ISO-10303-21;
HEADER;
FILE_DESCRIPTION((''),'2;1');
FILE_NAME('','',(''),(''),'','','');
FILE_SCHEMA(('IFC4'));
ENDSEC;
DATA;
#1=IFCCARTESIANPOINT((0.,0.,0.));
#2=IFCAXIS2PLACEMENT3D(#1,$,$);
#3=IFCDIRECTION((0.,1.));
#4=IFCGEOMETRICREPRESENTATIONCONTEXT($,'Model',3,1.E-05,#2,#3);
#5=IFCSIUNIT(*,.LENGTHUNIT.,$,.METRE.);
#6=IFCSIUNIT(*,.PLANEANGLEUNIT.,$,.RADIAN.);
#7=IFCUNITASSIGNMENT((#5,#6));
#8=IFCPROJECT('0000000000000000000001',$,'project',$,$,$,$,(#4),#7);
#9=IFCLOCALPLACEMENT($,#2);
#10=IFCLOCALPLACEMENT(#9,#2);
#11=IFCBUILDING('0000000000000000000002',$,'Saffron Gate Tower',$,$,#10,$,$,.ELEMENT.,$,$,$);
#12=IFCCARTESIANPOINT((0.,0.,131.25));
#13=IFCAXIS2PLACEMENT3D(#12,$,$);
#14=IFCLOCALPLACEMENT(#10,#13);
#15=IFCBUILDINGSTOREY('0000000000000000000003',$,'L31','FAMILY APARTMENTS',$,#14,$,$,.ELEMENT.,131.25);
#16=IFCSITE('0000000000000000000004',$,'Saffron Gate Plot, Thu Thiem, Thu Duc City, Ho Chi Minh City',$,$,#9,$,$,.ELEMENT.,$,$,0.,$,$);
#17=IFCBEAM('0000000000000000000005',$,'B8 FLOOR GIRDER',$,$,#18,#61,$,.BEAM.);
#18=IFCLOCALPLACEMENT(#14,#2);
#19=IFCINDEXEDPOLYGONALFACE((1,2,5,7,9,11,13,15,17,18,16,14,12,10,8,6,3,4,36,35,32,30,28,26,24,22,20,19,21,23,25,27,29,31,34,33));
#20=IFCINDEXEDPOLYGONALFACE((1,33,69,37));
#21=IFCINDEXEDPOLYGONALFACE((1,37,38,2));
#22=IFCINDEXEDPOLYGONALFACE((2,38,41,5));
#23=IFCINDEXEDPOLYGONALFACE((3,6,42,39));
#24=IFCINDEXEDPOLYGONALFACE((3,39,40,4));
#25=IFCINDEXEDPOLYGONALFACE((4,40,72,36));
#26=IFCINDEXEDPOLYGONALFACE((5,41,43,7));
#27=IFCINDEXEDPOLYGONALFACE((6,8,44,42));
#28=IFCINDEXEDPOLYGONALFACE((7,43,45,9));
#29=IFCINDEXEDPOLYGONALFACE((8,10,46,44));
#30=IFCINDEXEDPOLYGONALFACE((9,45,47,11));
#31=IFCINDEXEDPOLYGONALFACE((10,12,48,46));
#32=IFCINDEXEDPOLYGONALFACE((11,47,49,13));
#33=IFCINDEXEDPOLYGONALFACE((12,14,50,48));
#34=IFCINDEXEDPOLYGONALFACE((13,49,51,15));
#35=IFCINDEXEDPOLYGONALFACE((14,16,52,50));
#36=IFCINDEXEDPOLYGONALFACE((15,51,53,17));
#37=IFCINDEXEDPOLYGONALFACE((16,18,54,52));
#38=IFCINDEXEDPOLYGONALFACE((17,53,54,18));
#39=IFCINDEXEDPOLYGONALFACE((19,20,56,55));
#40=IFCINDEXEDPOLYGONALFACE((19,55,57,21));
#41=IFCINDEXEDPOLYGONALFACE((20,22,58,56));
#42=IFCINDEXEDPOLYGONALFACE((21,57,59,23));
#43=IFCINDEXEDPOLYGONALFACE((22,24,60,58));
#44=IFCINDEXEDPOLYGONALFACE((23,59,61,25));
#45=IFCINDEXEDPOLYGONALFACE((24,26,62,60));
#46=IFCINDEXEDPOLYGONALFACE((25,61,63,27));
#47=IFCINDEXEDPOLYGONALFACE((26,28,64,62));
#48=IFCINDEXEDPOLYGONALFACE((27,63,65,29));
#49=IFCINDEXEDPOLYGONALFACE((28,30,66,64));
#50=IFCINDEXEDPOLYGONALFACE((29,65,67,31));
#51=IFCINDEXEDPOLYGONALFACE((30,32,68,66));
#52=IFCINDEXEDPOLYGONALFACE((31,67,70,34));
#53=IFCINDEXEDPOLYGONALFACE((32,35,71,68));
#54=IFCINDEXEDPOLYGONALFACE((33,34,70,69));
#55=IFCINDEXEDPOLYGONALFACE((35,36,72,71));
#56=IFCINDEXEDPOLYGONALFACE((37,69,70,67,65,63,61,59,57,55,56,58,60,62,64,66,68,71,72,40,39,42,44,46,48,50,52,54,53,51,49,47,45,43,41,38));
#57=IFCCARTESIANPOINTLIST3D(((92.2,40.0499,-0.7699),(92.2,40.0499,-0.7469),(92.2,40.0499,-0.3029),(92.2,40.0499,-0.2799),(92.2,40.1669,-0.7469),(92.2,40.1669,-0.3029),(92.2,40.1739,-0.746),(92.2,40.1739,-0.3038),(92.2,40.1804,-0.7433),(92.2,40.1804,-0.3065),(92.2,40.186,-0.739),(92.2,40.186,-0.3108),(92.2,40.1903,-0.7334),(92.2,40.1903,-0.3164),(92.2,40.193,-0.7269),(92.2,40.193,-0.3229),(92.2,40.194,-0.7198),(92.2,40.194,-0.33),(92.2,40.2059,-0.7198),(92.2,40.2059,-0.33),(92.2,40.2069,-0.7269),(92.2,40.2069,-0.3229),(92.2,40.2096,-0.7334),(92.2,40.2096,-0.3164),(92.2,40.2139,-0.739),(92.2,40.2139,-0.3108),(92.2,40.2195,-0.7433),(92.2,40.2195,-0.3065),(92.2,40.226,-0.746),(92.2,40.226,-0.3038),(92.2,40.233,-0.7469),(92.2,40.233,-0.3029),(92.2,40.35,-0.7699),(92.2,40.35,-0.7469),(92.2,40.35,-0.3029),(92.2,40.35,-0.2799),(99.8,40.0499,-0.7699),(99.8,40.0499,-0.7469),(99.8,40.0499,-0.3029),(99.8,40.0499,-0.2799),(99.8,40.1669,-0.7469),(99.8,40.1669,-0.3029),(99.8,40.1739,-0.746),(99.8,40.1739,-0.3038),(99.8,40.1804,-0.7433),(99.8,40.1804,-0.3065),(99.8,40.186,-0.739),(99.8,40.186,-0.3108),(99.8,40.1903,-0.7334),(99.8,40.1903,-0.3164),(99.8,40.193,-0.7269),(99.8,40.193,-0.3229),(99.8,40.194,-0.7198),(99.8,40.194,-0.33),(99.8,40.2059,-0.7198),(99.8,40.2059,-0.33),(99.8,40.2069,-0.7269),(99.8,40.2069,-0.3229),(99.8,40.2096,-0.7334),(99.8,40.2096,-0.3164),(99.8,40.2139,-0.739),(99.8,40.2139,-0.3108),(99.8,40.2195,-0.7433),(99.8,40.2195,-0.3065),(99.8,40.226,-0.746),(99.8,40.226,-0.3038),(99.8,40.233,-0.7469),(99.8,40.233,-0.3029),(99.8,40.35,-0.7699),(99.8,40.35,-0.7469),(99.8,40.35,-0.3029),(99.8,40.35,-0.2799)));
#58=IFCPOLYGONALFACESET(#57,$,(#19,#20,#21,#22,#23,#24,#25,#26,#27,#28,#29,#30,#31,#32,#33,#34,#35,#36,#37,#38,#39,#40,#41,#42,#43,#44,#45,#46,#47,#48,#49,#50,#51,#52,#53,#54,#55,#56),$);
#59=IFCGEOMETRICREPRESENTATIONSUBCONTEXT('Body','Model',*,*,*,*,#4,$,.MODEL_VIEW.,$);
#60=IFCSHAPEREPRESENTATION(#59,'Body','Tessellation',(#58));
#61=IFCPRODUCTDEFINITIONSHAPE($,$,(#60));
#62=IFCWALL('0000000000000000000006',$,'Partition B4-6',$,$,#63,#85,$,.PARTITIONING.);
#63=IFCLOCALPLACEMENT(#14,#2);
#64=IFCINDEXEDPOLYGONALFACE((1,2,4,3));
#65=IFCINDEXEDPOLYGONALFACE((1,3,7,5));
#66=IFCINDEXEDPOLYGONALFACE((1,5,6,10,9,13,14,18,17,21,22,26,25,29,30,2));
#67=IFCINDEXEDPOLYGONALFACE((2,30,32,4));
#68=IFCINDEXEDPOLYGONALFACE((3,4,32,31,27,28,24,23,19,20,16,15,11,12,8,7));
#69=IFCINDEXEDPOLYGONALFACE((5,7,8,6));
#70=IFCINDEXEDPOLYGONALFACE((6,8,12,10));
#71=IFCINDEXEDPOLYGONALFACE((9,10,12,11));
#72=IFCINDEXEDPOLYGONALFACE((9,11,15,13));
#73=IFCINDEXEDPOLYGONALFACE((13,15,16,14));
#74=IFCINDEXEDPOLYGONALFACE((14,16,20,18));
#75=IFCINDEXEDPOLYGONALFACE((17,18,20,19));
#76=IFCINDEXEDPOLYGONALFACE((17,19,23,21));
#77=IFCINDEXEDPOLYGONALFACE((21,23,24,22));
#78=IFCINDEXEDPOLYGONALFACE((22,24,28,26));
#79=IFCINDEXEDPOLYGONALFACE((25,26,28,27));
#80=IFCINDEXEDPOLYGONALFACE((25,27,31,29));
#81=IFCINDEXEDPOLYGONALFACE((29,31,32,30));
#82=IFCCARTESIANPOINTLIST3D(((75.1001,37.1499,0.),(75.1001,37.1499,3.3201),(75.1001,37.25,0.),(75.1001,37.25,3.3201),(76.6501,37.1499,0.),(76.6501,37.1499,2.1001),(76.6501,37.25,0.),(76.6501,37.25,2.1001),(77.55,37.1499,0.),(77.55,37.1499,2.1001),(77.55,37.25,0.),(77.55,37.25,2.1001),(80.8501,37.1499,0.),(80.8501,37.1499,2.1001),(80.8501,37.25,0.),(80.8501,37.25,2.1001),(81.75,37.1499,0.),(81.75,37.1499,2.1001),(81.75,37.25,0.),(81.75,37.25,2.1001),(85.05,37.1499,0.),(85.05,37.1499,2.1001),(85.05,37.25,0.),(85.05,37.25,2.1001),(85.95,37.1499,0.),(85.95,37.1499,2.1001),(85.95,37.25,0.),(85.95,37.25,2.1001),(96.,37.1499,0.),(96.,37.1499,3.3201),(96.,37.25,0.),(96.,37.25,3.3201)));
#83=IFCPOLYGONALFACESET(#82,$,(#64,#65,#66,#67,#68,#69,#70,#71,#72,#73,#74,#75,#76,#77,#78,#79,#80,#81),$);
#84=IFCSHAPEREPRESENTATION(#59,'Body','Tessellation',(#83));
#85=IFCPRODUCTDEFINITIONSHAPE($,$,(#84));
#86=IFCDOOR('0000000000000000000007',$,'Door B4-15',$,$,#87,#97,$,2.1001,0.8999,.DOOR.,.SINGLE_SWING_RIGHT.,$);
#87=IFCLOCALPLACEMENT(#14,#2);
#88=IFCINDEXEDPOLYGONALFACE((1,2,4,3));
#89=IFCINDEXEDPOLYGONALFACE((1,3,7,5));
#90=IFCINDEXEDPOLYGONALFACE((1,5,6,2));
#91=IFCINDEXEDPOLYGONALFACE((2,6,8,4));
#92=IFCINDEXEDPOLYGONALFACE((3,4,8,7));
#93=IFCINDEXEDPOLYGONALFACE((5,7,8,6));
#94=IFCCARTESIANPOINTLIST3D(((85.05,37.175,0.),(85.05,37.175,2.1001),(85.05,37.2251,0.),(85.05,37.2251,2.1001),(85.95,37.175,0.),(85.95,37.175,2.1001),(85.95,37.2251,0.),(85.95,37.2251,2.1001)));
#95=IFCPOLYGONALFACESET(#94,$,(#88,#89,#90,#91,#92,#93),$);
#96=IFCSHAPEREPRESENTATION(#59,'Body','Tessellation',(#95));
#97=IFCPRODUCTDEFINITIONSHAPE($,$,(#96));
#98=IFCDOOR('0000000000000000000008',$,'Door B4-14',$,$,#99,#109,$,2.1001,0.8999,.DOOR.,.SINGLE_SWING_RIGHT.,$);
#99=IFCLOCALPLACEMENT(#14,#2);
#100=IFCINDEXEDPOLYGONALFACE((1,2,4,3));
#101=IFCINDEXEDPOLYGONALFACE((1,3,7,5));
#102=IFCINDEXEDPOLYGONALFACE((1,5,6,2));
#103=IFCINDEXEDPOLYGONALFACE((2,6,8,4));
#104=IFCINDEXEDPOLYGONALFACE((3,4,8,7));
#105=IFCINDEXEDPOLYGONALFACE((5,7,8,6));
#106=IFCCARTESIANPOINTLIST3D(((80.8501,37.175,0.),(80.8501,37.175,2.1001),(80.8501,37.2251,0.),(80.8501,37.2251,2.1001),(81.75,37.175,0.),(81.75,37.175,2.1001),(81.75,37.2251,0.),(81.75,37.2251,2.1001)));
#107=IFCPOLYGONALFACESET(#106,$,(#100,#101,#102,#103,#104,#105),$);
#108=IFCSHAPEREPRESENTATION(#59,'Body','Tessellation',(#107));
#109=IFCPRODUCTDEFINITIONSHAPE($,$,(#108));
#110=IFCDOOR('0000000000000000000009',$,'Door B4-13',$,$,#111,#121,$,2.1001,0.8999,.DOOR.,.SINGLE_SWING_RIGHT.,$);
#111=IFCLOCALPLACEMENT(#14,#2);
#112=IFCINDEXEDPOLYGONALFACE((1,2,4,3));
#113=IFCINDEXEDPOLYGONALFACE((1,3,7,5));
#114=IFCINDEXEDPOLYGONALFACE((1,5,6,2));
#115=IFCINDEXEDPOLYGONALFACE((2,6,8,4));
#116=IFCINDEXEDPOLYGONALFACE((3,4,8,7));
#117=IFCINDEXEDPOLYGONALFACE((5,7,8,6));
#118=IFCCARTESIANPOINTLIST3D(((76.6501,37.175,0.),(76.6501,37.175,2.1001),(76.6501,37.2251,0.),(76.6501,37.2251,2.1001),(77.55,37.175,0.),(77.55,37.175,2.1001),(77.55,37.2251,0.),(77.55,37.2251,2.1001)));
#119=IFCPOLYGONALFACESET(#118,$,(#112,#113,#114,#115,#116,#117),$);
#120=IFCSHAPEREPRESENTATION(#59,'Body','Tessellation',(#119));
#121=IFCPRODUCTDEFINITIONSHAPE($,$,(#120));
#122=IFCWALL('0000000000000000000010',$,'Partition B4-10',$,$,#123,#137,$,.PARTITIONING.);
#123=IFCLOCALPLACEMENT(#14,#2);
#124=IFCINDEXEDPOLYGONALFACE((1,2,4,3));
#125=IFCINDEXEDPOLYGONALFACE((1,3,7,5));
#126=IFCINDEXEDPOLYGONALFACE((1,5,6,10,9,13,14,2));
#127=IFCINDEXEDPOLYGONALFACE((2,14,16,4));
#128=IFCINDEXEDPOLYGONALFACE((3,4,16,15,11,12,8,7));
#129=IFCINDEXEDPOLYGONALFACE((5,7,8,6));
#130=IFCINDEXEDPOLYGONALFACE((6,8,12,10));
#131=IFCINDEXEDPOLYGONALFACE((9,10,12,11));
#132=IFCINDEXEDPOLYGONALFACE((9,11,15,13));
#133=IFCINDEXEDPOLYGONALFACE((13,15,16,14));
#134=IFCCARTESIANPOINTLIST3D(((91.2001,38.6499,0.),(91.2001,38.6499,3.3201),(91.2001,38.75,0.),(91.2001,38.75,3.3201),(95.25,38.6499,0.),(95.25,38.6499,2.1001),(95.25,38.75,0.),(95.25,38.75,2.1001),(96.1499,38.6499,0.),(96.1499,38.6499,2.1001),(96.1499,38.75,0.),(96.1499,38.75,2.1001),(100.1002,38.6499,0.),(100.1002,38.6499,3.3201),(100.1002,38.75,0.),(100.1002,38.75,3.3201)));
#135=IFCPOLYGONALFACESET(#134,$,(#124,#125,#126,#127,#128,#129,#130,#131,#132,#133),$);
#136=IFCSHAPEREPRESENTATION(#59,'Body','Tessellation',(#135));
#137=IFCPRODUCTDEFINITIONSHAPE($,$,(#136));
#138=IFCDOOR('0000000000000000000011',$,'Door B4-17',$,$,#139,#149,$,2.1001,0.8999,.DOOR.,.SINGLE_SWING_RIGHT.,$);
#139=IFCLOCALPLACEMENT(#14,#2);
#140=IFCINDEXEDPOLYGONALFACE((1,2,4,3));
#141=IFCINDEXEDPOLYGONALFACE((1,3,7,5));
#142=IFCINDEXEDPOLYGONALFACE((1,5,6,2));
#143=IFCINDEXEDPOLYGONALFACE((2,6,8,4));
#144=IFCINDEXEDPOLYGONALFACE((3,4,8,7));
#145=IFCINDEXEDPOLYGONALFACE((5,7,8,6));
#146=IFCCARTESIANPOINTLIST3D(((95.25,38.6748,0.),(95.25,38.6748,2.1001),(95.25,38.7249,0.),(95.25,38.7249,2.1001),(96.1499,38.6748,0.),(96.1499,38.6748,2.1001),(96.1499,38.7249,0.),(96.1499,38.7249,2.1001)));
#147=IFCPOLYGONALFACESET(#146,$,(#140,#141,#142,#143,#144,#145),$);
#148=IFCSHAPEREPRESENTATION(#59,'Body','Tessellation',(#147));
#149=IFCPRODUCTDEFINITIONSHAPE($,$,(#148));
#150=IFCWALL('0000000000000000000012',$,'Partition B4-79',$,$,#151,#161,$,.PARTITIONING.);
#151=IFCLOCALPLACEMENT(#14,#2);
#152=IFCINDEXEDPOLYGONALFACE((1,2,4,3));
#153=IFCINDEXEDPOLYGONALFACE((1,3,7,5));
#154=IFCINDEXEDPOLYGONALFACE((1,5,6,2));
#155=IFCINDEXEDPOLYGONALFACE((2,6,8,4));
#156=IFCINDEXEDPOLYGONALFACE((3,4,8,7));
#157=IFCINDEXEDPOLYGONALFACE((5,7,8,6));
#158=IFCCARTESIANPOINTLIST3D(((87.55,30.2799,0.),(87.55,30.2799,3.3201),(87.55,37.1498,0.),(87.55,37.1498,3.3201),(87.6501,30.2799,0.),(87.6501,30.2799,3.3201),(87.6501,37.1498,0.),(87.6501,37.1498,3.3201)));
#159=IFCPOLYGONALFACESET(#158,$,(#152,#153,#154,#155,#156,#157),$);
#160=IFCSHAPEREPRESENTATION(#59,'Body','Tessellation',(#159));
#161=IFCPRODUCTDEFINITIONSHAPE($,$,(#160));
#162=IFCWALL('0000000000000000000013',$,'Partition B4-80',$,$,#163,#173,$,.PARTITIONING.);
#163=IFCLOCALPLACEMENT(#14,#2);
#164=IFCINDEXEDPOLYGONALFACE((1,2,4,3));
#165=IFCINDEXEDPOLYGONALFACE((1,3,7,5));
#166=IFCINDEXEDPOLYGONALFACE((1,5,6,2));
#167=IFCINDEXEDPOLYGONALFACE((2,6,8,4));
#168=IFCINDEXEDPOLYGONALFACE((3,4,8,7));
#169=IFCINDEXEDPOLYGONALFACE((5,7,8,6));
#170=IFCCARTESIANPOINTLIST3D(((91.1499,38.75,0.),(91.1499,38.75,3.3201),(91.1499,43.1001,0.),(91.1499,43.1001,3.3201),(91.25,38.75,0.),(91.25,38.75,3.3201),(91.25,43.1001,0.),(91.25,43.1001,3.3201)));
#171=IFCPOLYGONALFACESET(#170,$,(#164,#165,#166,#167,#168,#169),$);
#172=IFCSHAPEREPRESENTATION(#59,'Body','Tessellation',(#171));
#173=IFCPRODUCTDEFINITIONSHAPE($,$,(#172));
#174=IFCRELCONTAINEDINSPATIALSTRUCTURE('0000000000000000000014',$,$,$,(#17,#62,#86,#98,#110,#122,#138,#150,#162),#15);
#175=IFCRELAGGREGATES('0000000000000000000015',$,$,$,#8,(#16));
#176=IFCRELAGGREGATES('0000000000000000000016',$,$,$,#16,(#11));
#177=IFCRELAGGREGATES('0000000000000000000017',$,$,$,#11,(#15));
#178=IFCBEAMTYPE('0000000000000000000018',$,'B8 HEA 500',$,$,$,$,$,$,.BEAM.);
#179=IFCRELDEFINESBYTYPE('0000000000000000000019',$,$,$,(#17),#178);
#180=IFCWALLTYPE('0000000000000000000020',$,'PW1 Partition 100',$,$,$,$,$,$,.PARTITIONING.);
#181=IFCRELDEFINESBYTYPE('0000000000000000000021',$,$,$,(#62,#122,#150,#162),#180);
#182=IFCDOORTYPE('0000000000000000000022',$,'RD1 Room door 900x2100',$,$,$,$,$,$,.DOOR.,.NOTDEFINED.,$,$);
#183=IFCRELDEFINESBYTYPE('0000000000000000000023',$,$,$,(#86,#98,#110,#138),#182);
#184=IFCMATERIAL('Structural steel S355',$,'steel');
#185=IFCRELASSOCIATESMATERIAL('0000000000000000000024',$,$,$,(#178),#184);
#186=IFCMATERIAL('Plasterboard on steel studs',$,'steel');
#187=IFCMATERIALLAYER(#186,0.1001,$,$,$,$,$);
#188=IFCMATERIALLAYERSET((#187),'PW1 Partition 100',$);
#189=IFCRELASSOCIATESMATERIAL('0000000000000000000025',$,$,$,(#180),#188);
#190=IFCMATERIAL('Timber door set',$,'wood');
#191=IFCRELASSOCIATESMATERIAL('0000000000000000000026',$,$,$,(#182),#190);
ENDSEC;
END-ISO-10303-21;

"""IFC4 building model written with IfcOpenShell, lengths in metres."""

from ifc_helpers import new_model, si_unit, direction, frame, frame_2d, origin, origin_2d, place, context, subcontext, project, spatial, rectangle, i_section, extrude, material, layer, layer_set, material_profile, profile_set, type_object, element, fill, save


model = new_model("IFC4")

# Units and contexts
model_context = context("Model", 3, precision=1e-05, world=origin(), true_north=direction((0.0, 1.0)))
body_context = subcontext(model_context, "Body", "Model", "MODEL_VIEW")
ifc_project = project(units=[si_unit("LENGTHUNIT", "METRE"), si_unit("PLANEANGLEUNIT", "RADIAN")], contexts=[model_context])

# Site, building, storey
site_placement = place(None, origin())
site = spatial("IfcSite", under=ifc_project, at=site_placement, Name="Saffron Gate Plot, Thu Thiem, Thu Duc City, Ho Chi Minh City", CompositionType="ELEMENT", RefElevation=0.0)
building_placement = place(site_placement, origin())
building = spatial("IfcBuilding", under=site, at=building_placement, Name="Saffron Gate Tower", CompositionType="ELEMENT")
storey_placement = place(building_placement, frame((0.0, 0.0, 131.25)))
storey = spatial("IfcBuildingStorey", under=building, at=storey_placement, Name="L31", Description="FAMILY APARTMENTS", CompositionType="ELEMENT", Elevation=131.25)

# Beam
ifc_material_1 = material(Name="Structural steel S355", Category="steel")
ifc_material_profile_1 = material_profile(ifc_material_1, i_section(OverallWidth=0.3, OverallDepth=0.49, WebThickness=0.012, FlangeThickness=0.0229, FilletRadius=0.0271, at=origin_2d()))
ifc_profile_set_1 = profile_set([ifc_material_profile_1], Name="Structural steel S355")
beam_type_1 = type_object("IfcBeamType", Name="B8 HEA 500", PredefinedType="BEAM", material=ifc_profile_set_1)
beam_1_placement = place(storey_placement, frame((92.2, 40.2, -0.5249), z_axis=(1.0, 0.0, 0.0), x_axis=(0.0, 1.0, 0.0)))
element("IfcBeam", 1, at=beam_1_placement, inside=storey, type_object=beam_type_1, Name="B8 FLOOR GIRDER", PredefinedType="BEAM", context=body_context, shape_type="SweptSolid", body=[
    extrude(i_section(OverallWidth=0.3, OverallDepth=0.49, WebThickness=0.012, FlangeThickness=0.0229, FilletRadius=0.0271, at=origin_2d()), origin(), (0.0, 0.0, 1.0), 7.6001),
])

# Wall, openings, doors
ifc_material_2 = material(Name="Plasterboard on steel studs", Category="steel")
ifc_layer = layer(ifc_material_2, 0.1001)
ifc_layer_set = layer_set([ifc_layer], Name="PW1 Partition 100")
wall_type = type_object("IfcWallType", Name="PW1 Partition 100", PredefinedType="PARTITIONING", material=ifc_layer_set)
wall_1_placement = place(storey_placement, frame((96.0, 37.2, 0.0), z_axis=(0.0, 0.0, 1.0), x_axis=(-1.0, 0.0, 0.0)))
wall_1 = element("IfcWall", 2, at=wall_1_placement, inside=storey, type_object=wall_type, Name="Partition B4-6", PredefinedType="PARTITIONING", context=body_context, shape_type="SweptSolid", body=[
    extrude(rectangle(XDim=20.8999, YDim=0.1001, at=frame_2d((10.45, 0.0))), origin(), (0.0, 0.0, 1.0), 3.3201),
])
opening_1_placement = place(wall_1_placement, frame((10.05, 0.0, 0.0)))
opening_1 = element("IfcOpeningElement", 3, at=opening_1_placement, cuts=wall_1, PredefinedType="OPENING", context=body_context, shape_type="SweptSolid", body=[
    extrude(rectangle(XDim=0.8999, YDim=2.1001, at=frame_2d((0.45, 1.05))), frame((0.0, 0.0601, 0.0), z_axis=(0.0, -1.0, 0.0), x_axis=(1.0, 0.0, 0.0)), (0.0, 0.0, 1.0), 0.1201),
])
opening_2_placement = place(wall_1_placement, frame((14.25, 0.0, 0.0)))
opening_2 = element("IfcOpeningElement", 4, at=opening_2_placement, cuts=wall_1, PredefinedType="OPENING", context=body_context, shape_type="SweptSolid", body=[
    extrude(rectangle(XDim=0.8999, YDim=2.1001, at=frame_2d((0.45, 1.05))), frame((0.0, 0.0601, 0.0), z_axis=(0.0, -1.0, 0.0), x_axis=(1.0, 0.0, 0.0)), (0.0, 0.0, 1.0), 0.1201),
])
opening_3_placement = place(wall_1_placement, frame((18.45, 0.0, 0.0)))
opening_3 = element("IfcOpeningElement", 5, at=opening_3_placement, cuts=wall_1, PredefinedType="OPENING", context=body_context, shape_type="SweptSolid", body=[
    extrude(rectangle(XDim=0.8999, YDim=2.1001, at=frame_2d((0.45, 1.05))), frame((0.0, 0.0601, 0.0), z_axis=(0.0, -1.0, 0.0), x_axis=(1.0, 0.0, 0.0)), (0.0, 0.0, 1.0), 0.1201),
])
ifc_material_3 = material(Name="Timber door set", Category="wood")
door_type = type_object("IfcDoorType", Name="RD1 Room door 900x2100", OperationType="NOTDEFINED", PredefinedType="DOOR", material=ifc_material_3)
door_1_placement = place(opening_1_placement, origin())
door_1 = element("IfcDoor", 6, at=door_1_placement, inside=storey, type_object=door_type, Name="Door B4-15", OperationType="SINGLE_SWING_RIGHT", OverallHeight=2.1001, OverallWidth=0.8999, PredefinedType="DOOR", context=body_context, shape_type="SweptSolid", body=[
    extrude(rectangle(XDim=0.8999, YDim=2.1001, at=frame_2d((0.45, 1.05))), frame((0.0, 0.0249, 0.0), z_axis=(0.0, -1.0, 0.0), x_axis=(1.0, 0.0, 0.0)), (0.0, 0.0, 1.0), 0.05),
])
fill(opening_1, door_1)
door_2_placement = place(opening_2_placement, origin())
door_2 = element("IfcDoor", 7, at=door_2_placement, inside=storey, type_object=door_type, Name="Door B4-14", OperationType="SINGLE_SWING_RIGHT", OverallHeight=2.1001, OverallWidth=0.8999, PredefinedType="DOOR", context=body_context, shape_type="SweptSolid", body=[
    extrude(rectangle(XDim=0.8999, YDim=2.1001, at=frame_2d((0.45, 1.05))), frame((0.0, 0.0249, 0.0), z_axis=(0.0, -1.0, 0.0), x_axis=(1.0, 0.0, 0.0)), (0.0, 0.0, 1.0), 0.05),
])
fill(opening_2, door_2)
door_3_placement = place(opening_3_placement, origin())
door_3 = element("IfcDoor", 8, at=door_3_placement, inside=storey, type_object=door_type, Name="Door B4-13", OperationType="SINGLE_SWING_RIGHT", OverallHeight=2.1001, OverallWidth=0.8999, PredefinedType="DOOR", context=body_context, shape_type="SweptSolid", body=[
    extrude(rectangle(XDim=0.8999, YDim=2.1001, at=frame_2d((0.45, 1.05))), frame((0.0, 0.0249, 0.0), z_axis=(0.0, -1.0, 0.0), x_axis=(1.0, 0.0, 0.0)), (0.0, 0.0, 1.0), 0.05),
])
fill(opening_3, door_3)

# Wall, opening, door
wall_2_placement = place(storey_placement, frame((91.2, 38.7, 0.0), z_axis=(0.0, 0.0, 1.0), x_axis=(1.0, 0.0, 0.0)))
wall_2 = element("IfcWall", 9, at=wall_2_placement, inside=storey, type_object=wall_type, Name="Partition B4-10", PredefinedType="PARTITIONING", context=body_context, shape_type="SweptSolid", body=[
    extrude(rectangle(XDim=8.9001, YDim=0.1001, at=frame_2d((4.4502, 0.0))), origin(), (0.0, 0.0, 1.0), 3.3201),
])
opening_4_placement = place(wall_2_placement, frame((4.05, 0.0, 0.0)))
opening_4 = element("IfcOpeningElement", 10, at=opening_4_placement, cuts=wall_2, PredefinedType="OPENING", context=body_context, shape_type="SweptSolid", body=[
    extrude(rectangle(XDim=0.8999, YDim=2.1001, at=frame_2d((0.45, 1.05))), frame((0.0, 0.0601, 0.0), z_axis=(0.0, -1.0, 0.0), x_axis=(1.0, 0.0, 0.0)), (0.0, 0.0, 1.0), 0.1201),
])
door_4_placement = place(opening_4_placement, origin())
door_4 = element("IfcDoor", 11, at=door_4_placement, inside=storey, type_object=door_type, Name="Door B4-17", OperationType="SINGLE_SWING_RIGHT", OverallHeight=2.1001, OverallWidth=0.8999, PredefinedType="DOOR", context=body_context, shape_type="SweptSolid", body=[
    extrude(rectangle(XDim=0.8999, YDim=2.1001, at=frame_2d((0.45, 1.05))), frame((0.0, 0.0249, 0.0), z_axis=(0.0, -1.0, 0.0), x_axis=(1.0, 0.0, 0.0)), (0.0, 0.0, 1.0), 0.05),
])
fill(opening_4, door_4)

# Walls
wall_3_placement = place(storey_placement, frame((87.6001, 37.1499, 0.0), z_axis=(0.0, 0.0, 1.0), x_axis=(0.0, -1.0, 0.0)))
element("IfcWall", 12, at=wall_3_placement, inside=storey, type_object=wall_type, Name="Partition B4-79", PredefinedType="PARTITIONING", context=body_context, shape_type="SweptSolid", body=[
    extrude(rectangle(XDim=6.8699, YDim=0.1001, at=frame_2d((3.4351, 0.0))), origin(), (0.0, 0.0, 1.0), 3.3201),
])
wall_4_placement = place(storey_placement, frame((91.2, 43.1001, 0.0), z_axis=(0.0, 0.0, 1.0), x_axis=(0.0, -1.0, 0.0)))
element("IfcWall", 13, at=wall_4_placement, inside=storey, type_object=wall_type, Name="Partition B4-80", PredefinedType="PARTITIONING", context=body_context, shape_type="SweptSolid", body=[
    extrude(rectangle(XDim=4.3501, YDim=0.1001, at=frame_2d((2.175, 0.0))), origin(), (0.0, 0.0, 1.0), 3.3201),
])

save(model, "model.ifc")
